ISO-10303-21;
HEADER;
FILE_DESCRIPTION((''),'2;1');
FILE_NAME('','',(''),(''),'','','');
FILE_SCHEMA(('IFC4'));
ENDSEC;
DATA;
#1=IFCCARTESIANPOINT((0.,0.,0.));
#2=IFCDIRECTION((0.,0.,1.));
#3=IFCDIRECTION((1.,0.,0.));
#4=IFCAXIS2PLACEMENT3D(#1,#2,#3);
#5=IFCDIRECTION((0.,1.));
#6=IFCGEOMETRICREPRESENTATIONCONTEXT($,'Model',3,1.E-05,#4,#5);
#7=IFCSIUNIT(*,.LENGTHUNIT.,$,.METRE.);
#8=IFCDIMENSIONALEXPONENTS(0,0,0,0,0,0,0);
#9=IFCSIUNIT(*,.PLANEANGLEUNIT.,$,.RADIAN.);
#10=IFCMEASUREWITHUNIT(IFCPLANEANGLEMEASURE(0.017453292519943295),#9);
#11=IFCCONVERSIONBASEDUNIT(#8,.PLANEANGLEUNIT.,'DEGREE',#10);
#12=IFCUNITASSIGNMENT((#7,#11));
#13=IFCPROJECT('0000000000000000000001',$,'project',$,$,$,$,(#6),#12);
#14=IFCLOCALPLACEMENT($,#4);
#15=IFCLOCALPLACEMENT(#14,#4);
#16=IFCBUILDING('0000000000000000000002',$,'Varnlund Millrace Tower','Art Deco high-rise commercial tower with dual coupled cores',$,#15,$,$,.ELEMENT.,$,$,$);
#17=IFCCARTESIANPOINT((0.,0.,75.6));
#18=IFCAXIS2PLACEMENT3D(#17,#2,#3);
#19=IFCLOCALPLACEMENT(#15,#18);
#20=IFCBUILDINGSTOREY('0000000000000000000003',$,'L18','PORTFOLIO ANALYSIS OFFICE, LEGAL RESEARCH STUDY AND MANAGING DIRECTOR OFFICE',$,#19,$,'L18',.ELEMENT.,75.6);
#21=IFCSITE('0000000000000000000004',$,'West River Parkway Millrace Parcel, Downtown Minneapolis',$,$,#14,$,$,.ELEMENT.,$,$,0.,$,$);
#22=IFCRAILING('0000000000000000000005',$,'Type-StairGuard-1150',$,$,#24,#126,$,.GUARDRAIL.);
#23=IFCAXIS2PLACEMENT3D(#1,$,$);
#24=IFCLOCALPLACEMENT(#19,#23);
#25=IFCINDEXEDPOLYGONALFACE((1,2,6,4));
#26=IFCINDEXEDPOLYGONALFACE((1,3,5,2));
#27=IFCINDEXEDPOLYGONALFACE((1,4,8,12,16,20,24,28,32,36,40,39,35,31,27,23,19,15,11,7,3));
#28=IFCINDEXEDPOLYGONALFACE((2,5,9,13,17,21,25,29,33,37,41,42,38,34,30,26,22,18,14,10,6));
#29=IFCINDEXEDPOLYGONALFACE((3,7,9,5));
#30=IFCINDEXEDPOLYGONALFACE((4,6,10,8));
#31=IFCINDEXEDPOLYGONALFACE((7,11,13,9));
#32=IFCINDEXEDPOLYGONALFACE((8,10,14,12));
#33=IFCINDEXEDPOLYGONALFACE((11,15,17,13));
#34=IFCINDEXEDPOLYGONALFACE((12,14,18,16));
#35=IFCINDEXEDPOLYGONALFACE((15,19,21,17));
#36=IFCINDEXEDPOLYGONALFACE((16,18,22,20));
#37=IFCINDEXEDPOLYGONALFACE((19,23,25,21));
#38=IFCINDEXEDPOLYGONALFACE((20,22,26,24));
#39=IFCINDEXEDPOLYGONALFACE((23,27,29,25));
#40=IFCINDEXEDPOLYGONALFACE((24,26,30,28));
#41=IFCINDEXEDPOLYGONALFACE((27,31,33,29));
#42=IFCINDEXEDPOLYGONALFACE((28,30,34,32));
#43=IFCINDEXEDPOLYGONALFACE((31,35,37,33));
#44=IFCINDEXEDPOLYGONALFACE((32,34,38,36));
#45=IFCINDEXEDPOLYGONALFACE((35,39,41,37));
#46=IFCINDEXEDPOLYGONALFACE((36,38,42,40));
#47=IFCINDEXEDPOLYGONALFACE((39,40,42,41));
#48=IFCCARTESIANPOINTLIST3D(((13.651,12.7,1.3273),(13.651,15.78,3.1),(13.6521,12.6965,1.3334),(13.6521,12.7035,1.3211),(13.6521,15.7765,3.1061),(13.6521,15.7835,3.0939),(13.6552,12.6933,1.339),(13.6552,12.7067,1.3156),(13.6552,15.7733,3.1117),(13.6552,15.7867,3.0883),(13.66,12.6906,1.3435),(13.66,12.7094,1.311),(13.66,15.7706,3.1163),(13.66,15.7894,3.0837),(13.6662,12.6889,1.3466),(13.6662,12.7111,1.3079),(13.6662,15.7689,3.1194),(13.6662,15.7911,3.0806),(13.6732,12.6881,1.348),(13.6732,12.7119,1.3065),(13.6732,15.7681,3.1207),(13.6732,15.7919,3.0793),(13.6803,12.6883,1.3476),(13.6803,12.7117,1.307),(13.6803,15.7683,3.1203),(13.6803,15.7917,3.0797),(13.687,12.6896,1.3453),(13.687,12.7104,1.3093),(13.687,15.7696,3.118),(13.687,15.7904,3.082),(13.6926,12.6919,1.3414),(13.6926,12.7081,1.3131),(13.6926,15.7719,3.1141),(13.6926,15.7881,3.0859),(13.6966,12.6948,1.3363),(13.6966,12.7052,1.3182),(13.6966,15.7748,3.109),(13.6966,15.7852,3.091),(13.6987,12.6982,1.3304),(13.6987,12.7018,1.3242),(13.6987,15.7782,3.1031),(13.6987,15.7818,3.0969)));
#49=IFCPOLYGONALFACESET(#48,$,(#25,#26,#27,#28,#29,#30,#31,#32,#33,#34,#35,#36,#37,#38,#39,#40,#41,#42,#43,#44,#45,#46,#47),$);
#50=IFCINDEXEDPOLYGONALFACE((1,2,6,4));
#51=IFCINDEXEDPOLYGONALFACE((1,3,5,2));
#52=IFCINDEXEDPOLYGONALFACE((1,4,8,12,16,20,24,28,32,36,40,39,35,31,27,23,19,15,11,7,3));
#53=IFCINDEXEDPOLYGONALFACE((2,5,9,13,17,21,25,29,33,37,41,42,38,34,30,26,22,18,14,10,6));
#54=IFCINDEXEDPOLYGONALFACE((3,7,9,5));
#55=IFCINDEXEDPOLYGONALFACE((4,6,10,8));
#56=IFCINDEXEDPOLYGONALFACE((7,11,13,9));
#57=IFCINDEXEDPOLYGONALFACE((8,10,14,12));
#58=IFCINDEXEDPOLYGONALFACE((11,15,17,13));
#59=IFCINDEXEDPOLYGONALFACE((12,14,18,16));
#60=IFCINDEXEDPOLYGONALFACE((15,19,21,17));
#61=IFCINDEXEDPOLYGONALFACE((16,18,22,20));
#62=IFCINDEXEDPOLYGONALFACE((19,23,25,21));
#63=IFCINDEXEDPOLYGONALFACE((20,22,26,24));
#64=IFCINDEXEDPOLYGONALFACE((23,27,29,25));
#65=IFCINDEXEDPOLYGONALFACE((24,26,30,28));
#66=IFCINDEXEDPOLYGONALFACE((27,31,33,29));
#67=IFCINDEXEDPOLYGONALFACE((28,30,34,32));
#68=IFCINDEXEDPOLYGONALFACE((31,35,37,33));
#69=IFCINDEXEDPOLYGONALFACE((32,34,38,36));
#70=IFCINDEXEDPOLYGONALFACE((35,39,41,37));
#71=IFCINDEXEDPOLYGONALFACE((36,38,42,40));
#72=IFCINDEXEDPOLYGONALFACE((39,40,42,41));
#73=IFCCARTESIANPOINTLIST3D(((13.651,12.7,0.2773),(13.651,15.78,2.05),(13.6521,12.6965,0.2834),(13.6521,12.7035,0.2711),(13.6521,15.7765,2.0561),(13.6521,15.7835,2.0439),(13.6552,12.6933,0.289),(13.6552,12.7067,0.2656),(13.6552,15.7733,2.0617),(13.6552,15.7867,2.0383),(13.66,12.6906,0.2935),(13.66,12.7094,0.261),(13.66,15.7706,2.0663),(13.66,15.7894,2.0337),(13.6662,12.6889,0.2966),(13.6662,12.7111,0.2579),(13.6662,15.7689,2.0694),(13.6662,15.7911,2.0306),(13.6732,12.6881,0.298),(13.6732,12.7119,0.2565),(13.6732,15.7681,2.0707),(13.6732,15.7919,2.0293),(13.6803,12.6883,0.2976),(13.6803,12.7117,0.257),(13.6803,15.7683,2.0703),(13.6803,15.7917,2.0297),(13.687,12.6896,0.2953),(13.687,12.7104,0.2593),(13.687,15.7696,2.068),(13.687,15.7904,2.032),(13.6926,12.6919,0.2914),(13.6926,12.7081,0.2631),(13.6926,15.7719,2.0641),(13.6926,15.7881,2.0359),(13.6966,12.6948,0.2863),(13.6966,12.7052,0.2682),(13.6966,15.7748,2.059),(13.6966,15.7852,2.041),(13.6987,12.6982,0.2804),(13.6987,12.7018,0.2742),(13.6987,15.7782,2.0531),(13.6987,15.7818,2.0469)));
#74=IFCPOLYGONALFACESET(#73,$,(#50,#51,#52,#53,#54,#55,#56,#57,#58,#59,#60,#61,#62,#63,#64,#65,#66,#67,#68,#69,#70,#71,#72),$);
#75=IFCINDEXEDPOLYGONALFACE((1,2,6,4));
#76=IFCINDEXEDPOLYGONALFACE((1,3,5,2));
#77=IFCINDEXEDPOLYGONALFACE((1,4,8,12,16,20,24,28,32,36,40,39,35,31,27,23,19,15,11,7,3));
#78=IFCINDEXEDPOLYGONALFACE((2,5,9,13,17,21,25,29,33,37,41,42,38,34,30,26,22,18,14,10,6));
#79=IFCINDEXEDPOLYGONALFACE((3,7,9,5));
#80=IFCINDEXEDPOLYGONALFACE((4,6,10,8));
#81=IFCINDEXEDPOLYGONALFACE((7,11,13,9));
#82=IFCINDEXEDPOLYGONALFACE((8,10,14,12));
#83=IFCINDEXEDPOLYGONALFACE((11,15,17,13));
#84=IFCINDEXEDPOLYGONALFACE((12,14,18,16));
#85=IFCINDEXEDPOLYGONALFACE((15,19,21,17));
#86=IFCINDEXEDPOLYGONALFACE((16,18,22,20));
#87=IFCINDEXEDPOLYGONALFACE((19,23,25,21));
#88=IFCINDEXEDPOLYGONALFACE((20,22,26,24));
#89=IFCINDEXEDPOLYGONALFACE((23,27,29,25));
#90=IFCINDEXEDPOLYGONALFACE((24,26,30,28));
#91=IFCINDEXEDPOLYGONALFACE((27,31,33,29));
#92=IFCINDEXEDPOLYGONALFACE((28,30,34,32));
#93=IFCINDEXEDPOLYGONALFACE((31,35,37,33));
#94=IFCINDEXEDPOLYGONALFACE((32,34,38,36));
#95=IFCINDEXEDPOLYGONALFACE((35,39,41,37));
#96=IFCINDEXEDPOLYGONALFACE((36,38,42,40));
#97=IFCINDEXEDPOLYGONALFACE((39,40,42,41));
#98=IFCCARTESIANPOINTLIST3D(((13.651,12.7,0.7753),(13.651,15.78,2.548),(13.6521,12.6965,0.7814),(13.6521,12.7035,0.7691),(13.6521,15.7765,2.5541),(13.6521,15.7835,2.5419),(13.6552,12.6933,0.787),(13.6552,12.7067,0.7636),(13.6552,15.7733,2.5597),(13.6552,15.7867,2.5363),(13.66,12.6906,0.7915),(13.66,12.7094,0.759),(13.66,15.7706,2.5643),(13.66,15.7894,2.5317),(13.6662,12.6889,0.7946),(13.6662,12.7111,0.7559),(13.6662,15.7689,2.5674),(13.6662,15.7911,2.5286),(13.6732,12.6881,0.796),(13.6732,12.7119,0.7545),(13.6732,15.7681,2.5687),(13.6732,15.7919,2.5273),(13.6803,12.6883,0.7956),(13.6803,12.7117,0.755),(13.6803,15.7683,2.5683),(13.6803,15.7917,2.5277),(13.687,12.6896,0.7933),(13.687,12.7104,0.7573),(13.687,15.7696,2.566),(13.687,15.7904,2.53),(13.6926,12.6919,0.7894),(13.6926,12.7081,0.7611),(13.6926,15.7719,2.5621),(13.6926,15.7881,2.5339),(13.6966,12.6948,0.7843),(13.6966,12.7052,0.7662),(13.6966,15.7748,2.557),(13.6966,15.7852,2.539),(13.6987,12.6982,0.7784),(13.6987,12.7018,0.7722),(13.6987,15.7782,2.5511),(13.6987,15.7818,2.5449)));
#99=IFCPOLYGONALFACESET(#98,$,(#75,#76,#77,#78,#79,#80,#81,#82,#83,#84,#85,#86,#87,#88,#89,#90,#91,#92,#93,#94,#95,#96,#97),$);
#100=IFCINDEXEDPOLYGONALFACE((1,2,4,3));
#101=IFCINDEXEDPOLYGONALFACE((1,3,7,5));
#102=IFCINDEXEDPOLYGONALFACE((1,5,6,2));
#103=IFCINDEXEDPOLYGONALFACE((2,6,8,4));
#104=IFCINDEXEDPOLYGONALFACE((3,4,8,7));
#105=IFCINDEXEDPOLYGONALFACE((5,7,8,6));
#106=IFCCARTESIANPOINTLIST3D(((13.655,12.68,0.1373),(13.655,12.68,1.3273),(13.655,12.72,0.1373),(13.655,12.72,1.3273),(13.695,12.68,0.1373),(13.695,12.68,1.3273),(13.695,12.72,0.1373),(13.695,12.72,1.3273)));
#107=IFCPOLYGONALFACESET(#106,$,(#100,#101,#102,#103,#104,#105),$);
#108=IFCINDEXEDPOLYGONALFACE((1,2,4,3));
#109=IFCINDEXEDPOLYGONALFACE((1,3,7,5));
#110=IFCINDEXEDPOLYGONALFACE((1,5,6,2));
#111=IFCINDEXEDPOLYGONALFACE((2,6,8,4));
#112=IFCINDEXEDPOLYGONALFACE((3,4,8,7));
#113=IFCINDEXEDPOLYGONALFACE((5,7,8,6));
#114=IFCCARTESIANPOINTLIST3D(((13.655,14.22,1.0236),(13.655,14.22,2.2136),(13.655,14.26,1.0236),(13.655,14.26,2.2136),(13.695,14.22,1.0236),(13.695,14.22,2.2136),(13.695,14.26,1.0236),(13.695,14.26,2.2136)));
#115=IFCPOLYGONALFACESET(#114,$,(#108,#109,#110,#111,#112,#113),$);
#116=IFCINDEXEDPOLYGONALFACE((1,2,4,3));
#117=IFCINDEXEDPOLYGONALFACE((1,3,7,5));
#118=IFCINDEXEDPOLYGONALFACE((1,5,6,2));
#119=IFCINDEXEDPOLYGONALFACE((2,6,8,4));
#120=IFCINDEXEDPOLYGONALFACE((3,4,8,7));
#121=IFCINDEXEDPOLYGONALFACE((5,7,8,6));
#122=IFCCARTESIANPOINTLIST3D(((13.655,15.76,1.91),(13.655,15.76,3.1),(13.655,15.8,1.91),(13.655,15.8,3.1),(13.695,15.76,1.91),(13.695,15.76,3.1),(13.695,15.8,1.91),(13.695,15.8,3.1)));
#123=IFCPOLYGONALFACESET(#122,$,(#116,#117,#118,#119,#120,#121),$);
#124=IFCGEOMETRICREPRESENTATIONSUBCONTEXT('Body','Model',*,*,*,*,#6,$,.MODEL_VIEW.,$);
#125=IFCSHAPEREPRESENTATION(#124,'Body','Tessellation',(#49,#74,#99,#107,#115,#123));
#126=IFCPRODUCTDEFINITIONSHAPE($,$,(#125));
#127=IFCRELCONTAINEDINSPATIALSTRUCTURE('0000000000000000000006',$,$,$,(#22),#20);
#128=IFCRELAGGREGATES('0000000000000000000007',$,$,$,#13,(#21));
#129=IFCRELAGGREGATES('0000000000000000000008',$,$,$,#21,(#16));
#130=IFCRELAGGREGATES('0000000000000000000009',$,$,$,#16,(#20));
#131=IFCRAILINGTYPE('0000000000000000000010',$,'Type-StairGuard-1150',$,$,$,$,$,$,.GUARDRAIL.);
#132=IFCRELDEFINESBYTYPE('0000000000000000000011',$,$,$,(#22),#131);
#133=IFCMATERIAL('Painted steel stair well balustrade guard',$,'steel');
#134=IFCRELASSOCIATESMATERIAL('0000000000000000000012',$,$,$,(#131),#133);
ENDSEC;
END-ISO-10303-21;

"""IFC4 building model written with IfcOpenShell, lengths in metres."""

from ifc_helpers import new_model, entity, si_unit, converted_unit, direction, frame, origin_with_axes, origin_2d_with_axis, place, context, subcontext, project, spatial, rectangle, circle, extrude, material, type_object, element, save


model = new_model("IFC4")

# Units and contexts
model_context = context("Model", 3, precision=1e-05, world=origin_with_axes(), true_north=direction((0.0, 1.0)))
body_context = subcontext(model_context, "Body", "Model", "MODEL_VIEW")
ifc_project = project(units=[si_unit("LENGTHUNIT", "METRE"), converted_unit("PLANEANGLEUNIT", "DEGREE", entity("IfcPlaneAngleMeasure", 0.017453292519943295), si_unit("PLANEANGLEUNIT", "RADIAN"), dimensions=[0, 0, 0, 0, 0, 0, 0])], contexts=[model_context])

# Site, building, storey
site_placement = place(None, origin_with_axes())
site = spatial("IfcSite", under=ifc_project, at=site_placement, Name="West River Parkway Millrace Parcel, Downtown Minneapolis", CompositionType="ELEMENT", RefElevation=0.0)
building_placement = place(site_placement, origin_with_axes())
building = spatial("IfcBuilding", under=site, at=building_placement, Name="Varnlund Millrace Tower", Description="Art Deco high-rise commercial tower with dual coupled cores", CompositionType="ELEMENT")
storey_placement = place(building_placement, frame((0.0, 0.0, 75.6), z_axis=(0.0, 0.0, 1.0), x_axis=(1.0, 0.0, 0.0)))
storey = spatial("IfcBuildingStorey", under=building, at=storey_placement, Name="L18", Description="PORTFOLIO ANALYSIS OFFICE, LEGAL RESEARCH STUDY AND MANAGING DIRECTOR OFFICE", LongName="L18", CompositionType="ELEMENT", Elevation=75.6)

# Railing
ifc_material_1 = material(Name="Painted steel stair well balustrade guard", Category="steel")
railing_type_1 = type_object("IfcRailingType", Name="Type-StairGuard-1150", PredefinedType="GUARDRAIL", material=ifc_material_1)
railing_1_placement = place(storey_placement, frame((0.0, 0.0, -75.6), z_axis=(0.0, 0.0, 1.0), x_axis=(1.0, 0.0, 0.0)))
element("IfcRailing", 1, at=railing_1_placement, inside=storey, type_object=railing_type_1, Name="Type-StairGuard-1150", PredefinedType="GUARDRAIL", context=body_context, shape_type="SweptSolid", body=[
    extrude(circle(Radius=0.024, at=origin_2d_with_axis()), frame((13.675, 12.7, 76.9273), z_axis=(0.0, 0.866696, 0.498836), x_axis=(-1.0, 0.0, 0.0)), (0.0, 0.0, 1.0), 3.5537),
    extrude(circle(Radius=0.024, at=origin_2d_with_axis()), frame((13.675, 12.7, 75.8773), z_axis=(0.0, 0.866696, 0.498836), x_axis=(-1.0, 0.0, 0.0)), (0.0, 0.0, 1.0), 3.5537),
    extrude(circle(Radius=0.024, at=origin_2d_with_axis()), frame((13.675, 12.7, 76.3753), z_axis=(0.0, 0.866696, 0.498836), x_axis=(-1.0, 0.0, 0.0)), (0.0, 0.0, 1.0), 3.5537),
    extrude(rectangle(XDim=0.04, YDim=0.04, at=origin_2d_with_axis()), frame((13.675, 12.7, 75.7373), z_axis=(0.0, 0.0, 1.0), x_axis=(1.0, 0.0, 0.0)), (0.0, 0.0, 1.0), 1.19),
    extrude(rectangle(XDim=0.04, YDim=0.04, at=origin_2d_with_axis()), frame((13.675, 14.24, 76.6236), z_axis=(0.0, 0.0, 1.0), x_axis=(1.0, 0.0, 0.0)), (0.0, 0.0, 1.0), 1.19),
    extrude(rectangle(XDim=0.04, YDim=0.04, at=origin_2d_with_axis()), frame((13.675, 15.78, 77.51), z_axis=(0.0, 0.0, 1.0), x_axis=(1.0, 0.0, 0.0)), (0.0, 0.0, 1.0), 1.19),
])

save(model, "model.ifc")
